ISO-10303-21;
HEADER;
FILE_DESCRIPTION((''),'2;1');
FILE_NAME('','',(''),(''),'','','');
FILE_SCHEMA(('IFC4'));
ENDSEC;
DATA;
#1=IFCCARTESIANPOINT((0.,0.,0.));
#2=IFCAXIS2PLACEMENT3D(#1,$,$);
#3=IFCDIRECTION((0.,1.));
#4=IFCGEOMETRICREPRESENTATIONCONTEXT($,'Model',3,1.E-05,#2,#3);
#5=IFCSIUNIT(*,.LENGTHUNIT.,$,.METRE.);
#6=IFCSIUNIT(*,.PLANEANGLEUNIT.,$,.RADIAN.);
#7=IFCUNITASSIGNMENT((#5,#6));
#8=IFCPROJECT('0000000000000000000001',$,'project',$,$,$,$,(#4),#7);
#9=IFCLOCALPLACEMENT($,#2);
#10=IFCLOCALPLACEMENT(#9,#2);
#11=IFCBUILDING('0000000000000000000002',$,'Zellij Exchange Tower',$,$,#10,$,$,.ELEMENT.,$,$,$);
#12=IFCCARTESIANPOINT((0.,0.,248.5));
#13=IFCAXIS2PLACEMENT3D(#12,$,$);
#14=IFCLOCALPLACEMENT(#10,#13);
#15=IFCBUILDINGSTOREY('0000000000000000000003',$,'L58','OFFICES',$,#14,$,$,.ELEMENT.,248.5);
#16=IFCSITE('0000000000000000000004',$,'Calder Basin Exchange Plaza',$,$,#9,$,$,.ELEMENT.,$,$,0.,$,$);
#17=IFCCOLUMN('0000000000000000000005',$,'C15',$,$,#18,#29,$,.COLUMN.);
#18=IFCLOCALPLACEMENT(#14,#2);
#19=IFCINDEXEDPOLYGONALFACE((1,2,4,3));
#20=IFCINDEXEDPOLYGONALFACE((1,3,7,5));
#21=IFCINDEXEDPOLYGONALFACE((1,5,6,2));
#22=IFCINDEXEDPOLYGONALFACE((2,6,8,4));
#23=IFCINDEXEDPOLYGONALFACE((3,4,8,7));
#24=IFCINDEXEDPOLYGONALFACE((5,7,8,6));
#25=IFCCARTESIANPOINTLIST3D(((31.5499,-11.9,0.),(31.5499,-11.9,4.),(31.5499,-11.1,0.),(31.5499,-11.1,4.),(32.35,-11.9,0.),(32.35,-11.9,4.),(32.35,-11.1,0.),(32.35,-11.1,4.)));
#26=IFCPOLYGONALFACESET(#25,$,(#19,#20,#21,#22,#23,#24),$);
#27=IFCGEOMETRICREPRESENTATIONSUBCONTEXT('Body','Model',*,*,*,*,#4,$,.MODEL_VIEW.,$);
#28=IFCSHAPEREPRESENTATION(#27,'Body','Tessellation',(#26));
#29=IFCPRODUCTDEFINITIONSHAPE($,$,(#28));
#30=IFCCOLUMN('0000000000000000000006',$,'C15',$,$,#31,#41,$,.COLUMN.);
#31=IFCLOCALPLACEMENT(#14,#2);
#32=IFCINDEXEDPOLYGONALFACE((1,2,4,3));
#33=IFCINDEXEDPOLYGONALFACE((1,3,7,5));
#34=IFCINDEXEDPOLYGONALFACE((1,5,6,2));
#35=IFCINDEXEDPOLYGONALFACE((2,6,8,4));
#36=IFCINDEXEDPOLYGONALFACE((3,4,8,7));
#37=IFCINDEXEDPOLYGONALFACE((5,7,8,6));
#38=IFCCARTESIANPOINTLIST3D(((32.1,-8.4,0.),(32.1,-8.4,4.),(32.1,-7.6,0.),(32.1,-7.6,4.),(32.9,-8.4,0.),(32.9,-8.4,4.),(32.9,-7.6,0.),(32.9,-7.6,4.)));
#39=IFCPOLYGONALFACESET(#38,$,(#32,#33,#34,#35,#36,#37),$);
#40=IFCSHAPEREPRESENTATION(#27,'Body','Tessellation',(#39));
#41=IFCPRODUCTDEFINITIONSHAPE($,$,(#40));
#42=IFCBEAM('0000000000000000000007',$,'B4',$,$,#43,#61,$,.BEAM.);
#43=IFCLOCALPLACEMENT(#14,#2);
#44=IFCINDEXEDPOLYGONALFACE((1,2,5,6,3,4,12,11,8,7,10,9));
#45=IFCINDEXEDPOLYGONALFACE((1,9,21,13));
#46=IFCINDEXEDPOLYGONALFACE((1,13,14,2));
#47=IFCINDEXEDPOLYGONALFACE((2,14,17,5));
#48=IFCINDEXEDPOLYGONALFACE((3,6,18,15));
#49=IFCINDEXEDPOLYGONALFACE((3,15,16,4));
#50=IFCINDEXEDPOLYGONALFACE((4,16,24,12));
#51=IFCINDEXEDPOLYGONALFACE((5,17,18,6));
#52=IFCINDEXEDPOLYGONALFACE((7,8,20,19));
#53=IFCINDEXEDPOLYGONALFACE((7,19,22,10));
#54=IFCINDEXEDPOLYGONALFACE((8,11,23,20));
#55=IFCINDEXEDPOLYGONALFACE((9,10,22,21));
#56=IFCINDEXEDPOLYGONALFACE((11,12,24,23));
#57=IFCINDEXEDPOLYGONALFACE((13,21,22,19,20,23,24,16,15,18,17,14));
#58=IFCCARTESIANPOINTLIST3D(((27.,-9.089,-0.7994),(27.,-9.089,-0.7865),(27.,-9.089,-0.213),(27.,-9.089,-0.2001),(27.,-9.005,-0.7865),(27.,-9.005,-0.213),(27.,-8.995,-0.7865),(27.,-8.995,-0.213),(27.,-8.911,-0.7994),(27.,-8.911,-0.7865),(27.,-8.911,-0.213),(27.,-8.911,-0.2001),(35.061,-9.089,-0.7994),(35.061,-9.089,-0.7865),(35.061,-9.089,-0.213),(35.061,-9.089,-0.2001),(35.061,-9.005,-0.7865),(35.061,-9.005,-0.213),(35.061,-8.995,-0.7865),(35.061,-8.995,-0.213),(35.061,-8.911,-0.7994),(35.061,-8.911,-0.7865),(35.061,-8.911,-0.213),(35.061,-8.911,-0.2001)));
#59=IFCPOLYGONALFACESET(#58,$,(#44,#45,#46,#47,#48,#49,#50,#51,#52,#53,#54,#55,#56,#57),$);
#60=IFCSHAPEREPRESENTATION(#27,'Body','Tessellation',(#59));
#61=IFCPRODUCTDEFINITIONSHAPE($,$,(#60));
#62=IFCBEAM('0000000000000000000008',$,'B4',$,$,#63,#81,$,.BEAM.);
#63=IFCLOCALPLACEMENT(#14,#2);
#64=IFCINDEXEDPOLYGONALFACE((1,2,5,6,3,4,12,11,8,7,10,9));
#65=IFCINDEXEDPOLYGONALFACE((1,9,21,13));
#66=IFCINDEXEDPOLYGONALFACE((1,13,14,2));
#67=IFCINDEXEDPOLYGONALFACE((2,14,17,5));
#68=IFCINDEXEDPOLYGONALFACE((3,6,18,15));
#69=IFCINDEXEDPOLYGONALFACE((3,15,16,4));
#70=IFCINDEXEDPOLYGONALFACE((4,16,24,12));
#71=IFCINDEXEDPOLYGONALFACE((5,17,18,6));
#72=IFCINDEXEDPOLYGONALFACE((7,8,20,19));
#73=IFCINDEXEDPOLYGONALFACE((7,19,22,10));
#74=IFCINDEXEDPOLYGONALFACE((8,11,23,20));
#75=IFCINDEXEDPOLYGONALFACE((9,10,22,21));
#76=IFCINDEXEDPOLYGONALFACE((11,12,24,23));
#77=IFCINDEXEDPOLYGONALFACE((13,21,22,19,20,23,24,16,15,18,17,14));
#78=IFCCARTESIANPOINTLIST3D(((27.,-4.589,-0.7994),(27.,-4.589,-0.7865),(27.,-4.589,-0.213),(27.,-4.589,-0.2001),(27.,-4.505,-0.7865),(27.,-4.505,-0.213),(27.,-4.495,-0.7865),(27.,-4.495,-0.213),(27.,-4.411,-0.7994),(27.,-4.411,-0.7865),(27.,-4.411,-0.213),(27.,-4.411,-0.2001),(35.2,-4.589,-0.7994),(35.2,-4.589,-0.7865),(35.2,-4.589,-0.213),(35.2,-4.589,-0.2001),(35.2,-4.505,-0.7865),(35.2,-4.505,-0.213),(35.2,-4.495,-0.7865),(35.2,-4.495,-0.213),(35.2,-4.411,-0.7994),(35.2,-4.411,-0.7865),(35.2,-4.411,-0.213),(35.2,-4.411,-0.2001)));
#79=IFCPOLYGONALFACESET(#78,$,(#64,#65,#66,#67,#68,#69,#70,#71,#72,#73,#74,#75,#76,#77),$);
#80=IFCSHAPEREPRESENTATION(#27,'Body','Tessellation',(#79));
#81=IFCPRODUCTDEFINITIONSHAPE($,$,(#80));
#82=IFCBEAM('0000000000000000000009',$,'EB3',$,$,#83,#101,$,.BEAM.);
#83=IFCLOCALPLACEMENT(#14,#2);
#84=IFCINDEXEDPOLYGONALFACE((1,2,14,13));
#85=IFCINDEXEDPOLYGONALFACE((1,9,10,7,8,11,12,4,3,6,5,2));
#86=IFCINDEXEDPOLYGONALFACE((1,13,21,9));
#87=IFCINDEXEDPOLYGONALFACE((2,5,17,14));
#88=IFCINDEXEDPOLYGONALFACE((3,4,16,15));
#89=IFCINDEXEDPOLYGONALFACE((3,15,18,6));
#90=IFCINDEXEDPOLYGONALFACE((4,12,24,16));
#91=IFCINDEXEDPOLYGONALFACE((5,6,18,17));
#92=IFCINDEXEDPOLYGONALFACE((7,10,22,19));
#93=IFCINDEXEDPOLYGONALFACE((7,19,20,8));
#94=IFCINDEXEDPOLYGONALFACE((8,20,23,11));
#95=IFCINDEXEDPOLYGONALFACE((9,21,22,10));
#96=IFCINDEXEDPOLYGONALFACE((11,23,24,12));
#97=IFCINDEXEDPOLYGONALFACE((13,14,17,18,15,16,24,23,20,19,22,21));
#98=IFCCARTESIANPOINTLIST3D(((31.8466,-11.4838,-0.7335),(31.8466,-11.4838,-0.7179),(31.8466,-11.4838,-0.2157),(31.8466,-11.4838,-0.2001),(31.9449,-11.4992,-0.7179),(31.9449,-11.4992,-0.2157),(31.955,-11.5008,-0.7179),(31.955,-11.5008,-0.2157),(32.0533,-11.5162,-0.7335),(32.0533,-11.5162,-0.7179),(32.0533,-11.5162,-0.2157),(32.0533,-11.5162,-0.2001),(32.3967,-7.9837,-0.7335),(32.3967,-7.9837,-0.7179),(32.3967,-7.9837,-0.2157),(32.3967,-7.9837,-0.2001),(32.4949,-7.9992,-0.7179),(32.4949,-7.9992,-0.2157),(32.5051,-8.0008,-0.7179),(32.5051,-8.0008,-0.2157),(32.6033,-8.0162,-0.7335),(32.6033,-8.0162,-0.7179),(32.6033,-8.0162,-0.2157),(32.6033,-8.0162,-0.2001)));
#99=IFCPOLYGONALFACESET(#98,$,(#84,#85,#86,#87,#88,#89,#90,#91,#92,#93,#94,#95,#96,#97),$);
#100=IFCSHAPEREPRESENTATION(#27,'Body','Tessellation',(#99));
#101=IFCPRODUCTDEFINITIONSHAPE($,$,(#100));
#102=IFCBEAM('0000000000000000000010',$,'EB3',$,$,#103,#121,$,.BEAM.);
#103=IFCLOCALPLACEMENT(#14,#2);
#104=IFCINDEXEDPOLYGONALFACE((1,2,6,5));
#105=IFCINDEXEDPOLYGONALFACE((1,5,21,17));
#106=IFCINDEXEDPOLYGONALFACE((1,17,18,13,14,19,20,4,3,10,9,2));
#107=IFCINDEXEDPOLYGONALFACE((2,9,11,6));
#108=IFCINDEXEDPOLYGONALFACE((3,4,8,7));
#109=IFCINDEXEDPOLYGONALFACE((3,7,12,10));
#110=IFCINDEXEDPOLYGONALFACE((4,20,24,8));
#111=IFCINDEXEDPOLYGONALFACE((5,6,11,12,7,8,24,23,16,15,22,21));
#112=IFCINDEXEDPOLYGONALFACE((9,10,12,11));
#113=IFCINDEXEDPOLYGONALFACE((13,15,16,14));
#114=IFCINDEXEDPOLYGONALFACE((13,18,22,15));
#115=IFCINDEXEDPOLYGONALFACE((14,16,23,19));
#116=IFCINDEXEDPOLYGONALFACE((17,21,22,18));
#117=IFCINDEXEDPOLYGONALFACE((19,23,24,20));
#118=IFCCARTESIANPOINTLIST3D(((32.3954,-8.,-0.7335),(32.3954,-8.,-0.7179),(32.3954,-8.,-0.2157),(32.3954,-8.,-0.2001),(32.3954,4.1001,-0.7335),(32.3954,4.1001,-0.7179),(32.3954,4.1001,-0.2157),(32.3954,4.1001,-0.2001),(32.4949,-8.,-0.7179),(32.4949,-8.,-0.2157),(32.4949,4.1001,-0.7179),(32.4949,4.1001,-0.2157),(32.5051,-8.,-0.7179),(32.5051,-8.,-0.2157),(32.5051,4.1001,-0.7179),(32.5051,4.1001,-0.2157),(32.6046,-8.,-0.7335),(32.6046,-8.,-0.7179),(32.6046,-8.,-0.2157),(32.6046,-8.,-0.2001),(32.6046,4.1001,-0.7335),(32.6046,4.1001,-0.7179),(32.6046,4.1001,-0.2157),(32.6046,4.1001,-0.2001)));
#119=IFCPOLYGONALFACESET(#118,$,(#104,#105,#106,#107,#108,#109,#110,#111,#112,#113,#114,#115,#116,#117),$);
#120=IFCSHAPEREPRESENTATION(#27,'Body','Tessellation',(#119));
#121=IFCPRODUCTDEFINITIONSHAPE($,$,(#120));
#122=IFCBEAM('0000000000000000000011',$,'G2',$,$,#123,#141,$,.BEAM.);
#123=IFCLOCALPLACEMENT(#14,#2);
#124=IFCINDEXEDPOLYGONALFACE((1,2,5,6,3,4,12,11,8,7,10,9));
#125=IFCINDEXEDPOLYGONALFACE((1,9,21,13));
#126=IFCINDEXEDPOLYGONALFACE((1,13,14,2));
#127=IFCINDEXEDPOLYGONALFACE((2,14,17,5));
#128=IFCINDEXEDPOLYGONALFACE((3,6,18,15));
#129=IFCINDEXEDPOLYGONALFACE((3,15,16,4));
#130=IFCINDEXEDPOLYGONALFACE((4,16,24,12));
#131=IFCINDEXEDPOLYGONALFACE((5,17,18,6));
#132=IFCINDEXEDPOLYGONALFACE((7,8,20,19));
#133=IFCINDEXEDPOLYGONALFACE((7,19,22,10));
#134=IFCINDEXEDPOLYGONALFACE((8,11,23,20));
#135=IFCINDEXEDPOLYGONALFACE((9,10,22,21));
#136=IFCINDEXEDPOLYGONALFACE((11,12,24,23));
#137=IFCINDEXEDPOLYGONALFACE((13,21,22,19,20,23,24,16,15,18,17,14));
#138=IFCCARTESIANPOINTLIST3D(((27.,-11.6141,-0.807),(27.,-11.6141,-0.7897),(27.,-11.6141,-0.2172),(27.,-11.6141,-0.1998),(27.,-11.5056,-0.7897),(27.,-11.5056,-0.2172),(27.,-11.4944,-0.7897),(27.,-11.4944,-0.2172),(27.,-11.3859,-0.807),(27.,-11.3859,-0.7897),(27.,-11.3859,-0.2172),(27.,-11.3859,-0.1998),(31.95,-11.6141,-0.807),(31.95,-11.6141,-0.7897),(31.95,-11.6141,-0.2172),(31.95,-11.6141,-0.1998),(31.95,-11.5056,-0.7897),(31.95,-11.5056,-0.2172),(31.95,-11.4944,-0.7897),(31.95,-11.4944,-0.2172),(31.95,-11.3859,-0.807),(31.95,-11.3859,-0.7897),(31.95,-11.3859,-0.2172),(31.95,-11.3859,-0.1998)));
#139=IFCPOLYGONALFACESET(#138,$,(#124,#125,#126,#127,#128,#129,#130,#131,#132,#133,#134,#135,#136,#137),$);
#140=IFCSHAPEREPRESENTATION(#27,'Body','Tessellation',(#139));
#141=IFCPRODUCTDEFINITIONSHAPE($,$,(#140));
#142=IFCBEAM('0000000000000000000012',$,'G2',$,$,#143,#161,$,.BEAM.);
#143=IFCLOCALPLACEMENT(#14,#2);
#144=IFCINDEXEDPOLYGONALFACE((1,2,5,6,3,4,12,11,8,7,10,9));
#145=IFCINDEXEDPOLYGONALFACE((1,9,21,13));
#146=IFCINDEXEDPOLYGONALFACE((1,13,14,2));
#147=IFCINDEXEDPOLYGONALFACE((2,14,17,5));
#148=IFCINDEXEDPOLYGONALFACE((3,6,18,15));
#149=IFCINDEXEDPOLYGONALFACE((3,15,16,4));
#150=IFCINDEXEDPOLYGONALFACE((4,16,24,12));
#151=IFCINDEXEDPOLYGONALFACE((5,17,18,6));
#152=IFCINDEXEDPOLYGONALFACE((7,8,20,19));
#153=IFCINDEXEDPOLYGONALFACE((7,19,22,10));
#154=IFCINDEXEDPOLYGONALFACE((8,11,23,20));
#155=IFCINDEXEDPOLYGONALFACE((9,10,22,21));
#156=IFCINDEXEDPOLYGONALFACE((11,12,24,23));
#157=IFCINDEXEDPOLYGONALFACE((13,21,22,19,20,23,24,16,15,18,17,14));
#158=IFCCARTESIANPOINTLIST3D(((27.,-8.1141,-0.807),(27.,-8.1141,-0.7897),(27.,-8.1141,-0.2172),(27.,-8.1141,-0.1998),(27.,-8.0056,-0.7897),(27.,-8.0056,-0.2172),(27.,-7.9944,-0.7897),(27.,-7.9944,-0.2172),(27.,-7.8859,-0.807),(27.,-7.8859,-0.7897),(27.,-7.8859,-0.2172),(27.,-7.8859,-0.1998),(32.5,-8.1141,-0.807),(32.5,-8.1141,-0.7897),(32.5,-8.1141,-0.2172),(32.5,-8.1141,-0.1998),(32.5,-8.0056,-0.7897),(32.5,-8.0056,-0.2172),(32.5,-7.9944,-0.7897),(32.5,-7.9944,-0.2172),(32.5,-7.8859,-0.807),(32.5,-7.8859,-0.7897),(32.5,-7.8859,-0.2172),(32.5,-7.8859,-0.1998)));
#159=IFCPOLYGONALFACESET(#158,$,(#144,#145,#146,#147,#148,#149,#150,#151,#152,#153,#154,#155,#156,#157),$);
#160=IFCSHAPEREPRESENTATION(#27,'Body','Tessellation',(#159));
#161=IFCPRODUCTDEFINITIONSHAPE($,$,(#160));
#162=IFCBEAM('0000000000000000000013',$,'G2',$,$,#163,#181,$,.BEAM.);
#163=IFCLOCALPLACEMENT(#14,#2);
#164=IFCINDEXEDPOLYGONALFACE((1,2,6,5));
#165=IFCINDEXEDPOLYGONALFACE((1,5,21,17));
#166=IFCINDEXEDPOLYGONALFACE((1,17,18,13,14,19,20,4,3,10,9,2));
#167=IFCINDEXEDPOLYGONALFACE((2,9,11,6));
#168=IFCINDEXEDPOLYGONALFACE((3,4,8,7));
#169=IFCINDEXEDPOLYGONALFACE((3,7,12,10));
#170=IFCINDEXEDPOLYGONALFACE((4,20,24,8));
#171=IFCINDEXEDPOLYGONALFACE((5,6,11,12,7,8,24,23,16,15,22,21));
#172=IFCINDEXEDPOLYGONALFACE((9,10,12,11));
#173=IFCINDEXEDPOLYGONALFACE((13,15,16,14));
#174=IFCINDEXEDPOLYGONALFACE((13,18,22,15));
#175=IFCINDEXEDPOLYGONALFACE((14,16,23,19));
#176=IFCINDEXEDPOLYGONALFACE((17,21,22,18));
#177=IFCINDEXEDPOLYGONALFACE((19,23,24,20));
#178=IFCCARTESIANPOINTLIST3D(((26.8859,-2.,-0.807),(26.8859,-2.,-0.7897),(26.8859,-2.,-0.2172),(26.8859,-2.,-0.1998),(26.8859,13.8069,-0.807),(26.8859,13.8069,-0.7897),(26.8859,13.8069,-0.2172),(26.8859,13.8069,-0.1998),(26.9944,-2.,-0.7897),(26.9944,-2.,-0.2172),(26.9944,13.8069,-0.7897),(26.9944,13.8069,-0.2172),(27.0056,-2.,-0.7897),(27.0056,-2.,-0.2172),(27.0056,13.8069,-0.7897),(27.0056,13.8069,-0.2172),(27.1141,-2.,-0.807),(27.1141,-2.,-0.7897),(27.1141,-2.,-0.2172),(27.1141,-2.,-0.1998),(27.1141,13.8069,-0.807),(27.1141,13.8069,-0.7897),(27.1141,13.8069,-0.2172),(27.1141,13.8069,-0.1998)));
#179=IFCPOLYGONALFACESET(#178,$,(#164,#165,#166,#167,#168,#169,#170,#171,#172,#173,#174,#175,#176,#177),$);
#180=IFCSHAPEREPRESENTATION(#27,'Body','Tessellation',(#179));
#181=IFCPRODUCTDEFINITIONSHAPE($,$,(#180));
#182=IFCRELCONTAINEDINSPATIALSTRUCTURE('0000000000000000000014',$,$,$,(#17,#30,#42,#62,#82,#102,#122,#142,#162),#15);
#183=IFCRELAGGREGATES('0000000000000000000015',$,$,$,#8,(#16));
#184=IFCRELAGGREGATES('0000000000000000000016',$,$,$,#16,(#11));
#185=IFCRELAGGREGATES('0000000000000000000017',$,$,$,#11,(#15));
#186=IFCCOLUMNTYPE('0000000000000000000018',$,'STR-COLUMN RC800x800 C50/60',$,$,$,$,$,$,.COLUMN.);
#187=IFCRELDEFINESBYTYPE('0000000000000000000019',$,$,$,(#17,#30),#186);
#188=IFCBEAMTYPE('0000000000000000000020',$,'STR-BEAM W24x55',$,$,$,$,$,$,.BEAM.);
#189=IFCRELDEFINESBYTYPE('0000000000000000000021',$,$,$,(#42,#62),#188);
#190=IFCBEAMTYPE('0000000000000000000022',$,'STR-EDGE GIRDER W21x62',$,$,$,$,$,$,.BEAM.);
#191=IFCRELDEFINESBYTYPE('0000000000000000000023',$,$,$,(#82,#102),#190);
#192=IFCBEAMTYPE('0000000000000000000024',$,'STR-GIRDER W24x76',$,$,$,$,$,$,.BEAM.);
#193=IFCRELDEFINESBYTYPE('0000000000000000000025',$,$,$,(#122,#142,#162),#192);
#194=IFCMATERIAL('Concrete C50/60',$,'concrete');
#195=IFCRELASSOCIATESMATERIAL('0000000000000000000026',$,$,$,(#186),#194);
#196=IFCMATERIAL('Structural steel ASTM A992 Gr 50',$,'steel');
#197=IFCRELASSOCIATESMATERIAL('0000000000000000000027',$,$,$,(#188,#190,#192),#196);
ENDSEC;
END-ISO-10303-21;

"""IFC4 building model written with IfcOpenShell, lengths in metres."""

from ifc_helpers import new_model, si_unit, direction, frame, origin, origin_2d, place, context, subcontext, project, spatial, rectangle, i_section, extrude, material, material_profile, profile_set, type_object, element, save


model = new_model("IFC4")

# Units and contexts
model_context = context("Model", 3, precision=1e-05, world=origin(), true_north=direction((0.0, 1.0)))
body_context = subcontext(model_context, "Body", "Model", "MODEL_VIEW")
ifc_project = project(units=[si_unit("LENGTHUNIT", "METRE"), si_unit("PLANEANGLEUNIT", "RADIAN")], contexts=[model_context])

# Site, building, storey
site_placement = place(None, origin())
site = spatial("IfcSite", under=ifc_project, at=site_placement, Name="Calder Basin Exchange Plaza", CompositionType="ELEMENT", RefElevation=0.0)
building_placement = place(site_placement, origin())
building = spatial("IfcBuilding", under=site, at=building_placement, Name="Zellij Exchange Tower", CompositionType="ELEMENT")
storey_placement = place(building_placement, frame((0.0, 0.0, 248.5)))
storey = spatial("IfcBuildingStorey", under=building, at=storey_placement, Name="L58", Description="OFFICES", CompositionType="ELEMENT", Elevation=248.5)

# Columns
ifc_material_1 = material(Name="Concrete C50/60", Category="concrete")
ifc_material_profile_1 = material_profile(ifc_material_1, rectangle(XDim=0.8, YDim=0.8, at=origin_2d()), Name="STR-COLUMN RC800x800 C50/60")
ifc_profile_set_1 = profile_set([ifc_material_profile_1], Name="Concrete C50/60")
column_type = type_object("IfcColumnType", Name="STR-COLUMN RC800x800 C50/60", PredefinedType="COLUMN", material=ifc_profile_set_1)
for number, where, z_axis, x_axis, name in (
    (1, (31.95, -11.5, 0.0), (0.0, 0.0, 1.0), (1.0, 0.0, 0.0), "C15"),
    (2, (32.5, -8.0, 0.0), (0.0, 0.0, 1.0), (1.0, 0.0, 0.0), "C15"),
):
    element("IfcColumn", number, at=place(storey_placement, frame(where, z_axis=z_axis, x_axis=x_axis)), inside=storey, type_object=column_type, Name=name, PredefinedType="COLUMN", context=body_context, shape_type="SweptSolid", body=[
        extrude(rectangle(XDim=0.8, YDim=0.8, at=origin_2d()), origin(), (0.0, 0.0, 1.0), 4.0),
    ])

# Beams
ifc_material_2 = material(Name="Structural steel ASTM A992 Gr 50", Category="steel")
ifc_material_profile_2 = material_profile(ifc_material_2, i_section(OverallWidth=0.178, OverallDepth=0.5994, WebThickness=0.01, FlangeThickness=0.0129, at=origin_2d()), Name="W24x55")
ifc_profile_set_2 = profile_set([ifc_material_profile_2], Name="Structural steel ASTM A992 Gr 50")
beam_type_1 = type_object("IfcBeamType", Name="STR-BEAM W24x55", PredefinedType="BEAM", material=ifc_profile_set_2)
beam_1_placement = place(storey_placement, frame((27.0, -9.0, -0.4998), z_axis=(1.0, 0.0, 0.0), x_axis=(0.0, 1.0, 0.0)))
element("IfcBeam", 3, at=beam_1_placement, inside=storey, type_object=beam_type_1, Name="B4", PredefinedType="BEAM", context=body_context, shape_type="SweptSolid", body=[
    extrude(i_section(OverallWidth=0.178, OverallDepth=0.5994, WebThickness=0.01, FlangeThickness=0.0129, at=origin_2d()), origin(), (0.0, 0.0, 1.0), 8.061),
])
beam_2_placement = place(storey_placement, frame((27.0, -4.5, -0.4998), z_axis=(1.0, 0.0, 0.0), x_axis=(0.0, 1.0, 0.0)))
element("IfcBeam", 4, at=beam_2_placement, inside=storey, type_object=beam_type_1, Name="B4", PredefinedType="BEAM", context=body_context, shape_type="SweptSolid", body=[
    extrude(i_section(OverallWidth=0.178, OverallDepth=0.5994, WebThickness=0.01, FlangeThickness=0.0129, at=origin_2d()), origin(), (0.0, 0.0, 1.0), 8.2),
])
ifc_material_profile_3 = material_profile(ifc_material_2, i_section(OverallWidth=0.2092, OverallDepth=0.5334, WebThickness=0.0103, FlangeThickness=0.0156, at=origin_2d()), Name="W21x62")
ifc_profile_set_3 = profile_set([ifc_material_profile_3], Name="Structural steel ASTM A992 Gr 50")
beam_type_2 = type_object("IfcBeamType", Name="STR-EDGE GIRDER W21x62", PredefinedType="BEAM", material=ifc_profile_set_3)
beam_3_placement = place(storey_placement, frame((31.95, -11.5, -0.4668), z_axis=(0.155251, 0.987875, 0.0), x_axis=(-0.987875, 0.155251, 0.0)))
element("IfcBeam", 5, at=beam_3_placement, inside=storey, type_object=beam_type_2, Name="EB3", PredefinedType="BEAM", context=body_context, shape_type="SweptSolid", body=[
    extrude(i_section(OverallWidth=0.2092, OverallDepth=0.5334, WebThickness=0.0103, FlangeThickness=0.0156, at=origin_2d()), origin(), (0.0, 0.0, 1.0), 3.543),
])
beam_4_placement = place(storey_placement, frame((32.5, -8.0, -0.4668), z_axis=(0.0, 1.0, 0.0), x_axis=(-1.0, 0.0, 0.0)))
element("IfcBeam", 6, at=beam_4_placement, inside=storey, type_object=beam_type_2, Name="EB3", PredefinedType="BEAM", context=body_context, shape_type="SweptSolid", body=[
    extrude(i_section(OverallWidth=0.2092, OverallDepth=0.5334, WebThickness=0.0103, FlangeThickness=0.0156, at=origin_2d()), origin(), (0.0, 0.0, 1.0), 12.1001),
])
ifc_material_profile_4 = material_profile(ifc_material_2, i_section(OverallWidth=0.2283, OverallDepth=0.6072, WebThickness=0.0112, FlangeThickness=0.0173, at=origin_2d()), Name="W24x76")
ifc_profile_set_4 = profile_set([ifc_material_profile_4], Name="Structural steel ASTM A992 Gr 50")
beam_type_3 = type_object("IfcBeamType", Name="STR-GIRDER W24x76", PredefinedType="BEAM", material=ifc_profile_set_4)
beam_5_placement = place(storey_placement, frame((27.0, -11.5, -0.5034), z_axis=(1.0, 0.0, 0.0), x_axis=(0.0, 1.0, 0.0)))
element("IfcBeam", 7, at=beam_5_placement, inside=storey, type_object=beam_type_3, Name="G2", PredefinedType="BEAM", context=body_context, shape_type="SweptSolid", body=[
    extrude(i_section(OverallWidth=0.2283, OverallDepth=0.6072, WebThickness=0.0112, FlangeThickness=0.0173, at=origin_2d()), origin(), (0.0, 0.0, 1.0), 4.95),
])
beam_6_placement = place(storey_placement, frame((27.0, -8.0, -0.5034), z_axis=(1.0, 0.0, 0.0), x_axis=(0.0, 1.0, 0.0)))
element("IfcBeam", 8, at=beam_6_placement, inside=storey, type_object=beam_type_3, Name="G2", PredefinedType="BEAM", context=body_context, shape_type="SweptSolid", body=[
    extrude(i_section(OverallWidth=0.2283, OverallDepth=0.6072, WebThickness=0.0112, FlangeThickness=0.0173, at=origin_2d()), origin(), (0.0, 0.0, 1.0), 5.5),
])
beam_7_placement = place(storey_placement, frame((27.0, -2.0, -0.5034), z_axis=(0.0, 1.0, 0.0), x_axis=(-1.0, 0.0, 0.0)))
element("IfcBeam", 9, at=beam_7_placement, inside=storey, type_object=beam_type_3, Name="G2", PredefinedType="BEAM", context=body_context, shape_type="SweptSolid", body=[
    extrude(i_section(OverallWidth=0.2283, OverallDepth=0.6072, WebThickness=0.0112, FlangeThickness=0.0173, at=origin_2d()), origin(), (0.0, 0.0, 1.0), 15.8069),
])

save(model, "model.ifc")
